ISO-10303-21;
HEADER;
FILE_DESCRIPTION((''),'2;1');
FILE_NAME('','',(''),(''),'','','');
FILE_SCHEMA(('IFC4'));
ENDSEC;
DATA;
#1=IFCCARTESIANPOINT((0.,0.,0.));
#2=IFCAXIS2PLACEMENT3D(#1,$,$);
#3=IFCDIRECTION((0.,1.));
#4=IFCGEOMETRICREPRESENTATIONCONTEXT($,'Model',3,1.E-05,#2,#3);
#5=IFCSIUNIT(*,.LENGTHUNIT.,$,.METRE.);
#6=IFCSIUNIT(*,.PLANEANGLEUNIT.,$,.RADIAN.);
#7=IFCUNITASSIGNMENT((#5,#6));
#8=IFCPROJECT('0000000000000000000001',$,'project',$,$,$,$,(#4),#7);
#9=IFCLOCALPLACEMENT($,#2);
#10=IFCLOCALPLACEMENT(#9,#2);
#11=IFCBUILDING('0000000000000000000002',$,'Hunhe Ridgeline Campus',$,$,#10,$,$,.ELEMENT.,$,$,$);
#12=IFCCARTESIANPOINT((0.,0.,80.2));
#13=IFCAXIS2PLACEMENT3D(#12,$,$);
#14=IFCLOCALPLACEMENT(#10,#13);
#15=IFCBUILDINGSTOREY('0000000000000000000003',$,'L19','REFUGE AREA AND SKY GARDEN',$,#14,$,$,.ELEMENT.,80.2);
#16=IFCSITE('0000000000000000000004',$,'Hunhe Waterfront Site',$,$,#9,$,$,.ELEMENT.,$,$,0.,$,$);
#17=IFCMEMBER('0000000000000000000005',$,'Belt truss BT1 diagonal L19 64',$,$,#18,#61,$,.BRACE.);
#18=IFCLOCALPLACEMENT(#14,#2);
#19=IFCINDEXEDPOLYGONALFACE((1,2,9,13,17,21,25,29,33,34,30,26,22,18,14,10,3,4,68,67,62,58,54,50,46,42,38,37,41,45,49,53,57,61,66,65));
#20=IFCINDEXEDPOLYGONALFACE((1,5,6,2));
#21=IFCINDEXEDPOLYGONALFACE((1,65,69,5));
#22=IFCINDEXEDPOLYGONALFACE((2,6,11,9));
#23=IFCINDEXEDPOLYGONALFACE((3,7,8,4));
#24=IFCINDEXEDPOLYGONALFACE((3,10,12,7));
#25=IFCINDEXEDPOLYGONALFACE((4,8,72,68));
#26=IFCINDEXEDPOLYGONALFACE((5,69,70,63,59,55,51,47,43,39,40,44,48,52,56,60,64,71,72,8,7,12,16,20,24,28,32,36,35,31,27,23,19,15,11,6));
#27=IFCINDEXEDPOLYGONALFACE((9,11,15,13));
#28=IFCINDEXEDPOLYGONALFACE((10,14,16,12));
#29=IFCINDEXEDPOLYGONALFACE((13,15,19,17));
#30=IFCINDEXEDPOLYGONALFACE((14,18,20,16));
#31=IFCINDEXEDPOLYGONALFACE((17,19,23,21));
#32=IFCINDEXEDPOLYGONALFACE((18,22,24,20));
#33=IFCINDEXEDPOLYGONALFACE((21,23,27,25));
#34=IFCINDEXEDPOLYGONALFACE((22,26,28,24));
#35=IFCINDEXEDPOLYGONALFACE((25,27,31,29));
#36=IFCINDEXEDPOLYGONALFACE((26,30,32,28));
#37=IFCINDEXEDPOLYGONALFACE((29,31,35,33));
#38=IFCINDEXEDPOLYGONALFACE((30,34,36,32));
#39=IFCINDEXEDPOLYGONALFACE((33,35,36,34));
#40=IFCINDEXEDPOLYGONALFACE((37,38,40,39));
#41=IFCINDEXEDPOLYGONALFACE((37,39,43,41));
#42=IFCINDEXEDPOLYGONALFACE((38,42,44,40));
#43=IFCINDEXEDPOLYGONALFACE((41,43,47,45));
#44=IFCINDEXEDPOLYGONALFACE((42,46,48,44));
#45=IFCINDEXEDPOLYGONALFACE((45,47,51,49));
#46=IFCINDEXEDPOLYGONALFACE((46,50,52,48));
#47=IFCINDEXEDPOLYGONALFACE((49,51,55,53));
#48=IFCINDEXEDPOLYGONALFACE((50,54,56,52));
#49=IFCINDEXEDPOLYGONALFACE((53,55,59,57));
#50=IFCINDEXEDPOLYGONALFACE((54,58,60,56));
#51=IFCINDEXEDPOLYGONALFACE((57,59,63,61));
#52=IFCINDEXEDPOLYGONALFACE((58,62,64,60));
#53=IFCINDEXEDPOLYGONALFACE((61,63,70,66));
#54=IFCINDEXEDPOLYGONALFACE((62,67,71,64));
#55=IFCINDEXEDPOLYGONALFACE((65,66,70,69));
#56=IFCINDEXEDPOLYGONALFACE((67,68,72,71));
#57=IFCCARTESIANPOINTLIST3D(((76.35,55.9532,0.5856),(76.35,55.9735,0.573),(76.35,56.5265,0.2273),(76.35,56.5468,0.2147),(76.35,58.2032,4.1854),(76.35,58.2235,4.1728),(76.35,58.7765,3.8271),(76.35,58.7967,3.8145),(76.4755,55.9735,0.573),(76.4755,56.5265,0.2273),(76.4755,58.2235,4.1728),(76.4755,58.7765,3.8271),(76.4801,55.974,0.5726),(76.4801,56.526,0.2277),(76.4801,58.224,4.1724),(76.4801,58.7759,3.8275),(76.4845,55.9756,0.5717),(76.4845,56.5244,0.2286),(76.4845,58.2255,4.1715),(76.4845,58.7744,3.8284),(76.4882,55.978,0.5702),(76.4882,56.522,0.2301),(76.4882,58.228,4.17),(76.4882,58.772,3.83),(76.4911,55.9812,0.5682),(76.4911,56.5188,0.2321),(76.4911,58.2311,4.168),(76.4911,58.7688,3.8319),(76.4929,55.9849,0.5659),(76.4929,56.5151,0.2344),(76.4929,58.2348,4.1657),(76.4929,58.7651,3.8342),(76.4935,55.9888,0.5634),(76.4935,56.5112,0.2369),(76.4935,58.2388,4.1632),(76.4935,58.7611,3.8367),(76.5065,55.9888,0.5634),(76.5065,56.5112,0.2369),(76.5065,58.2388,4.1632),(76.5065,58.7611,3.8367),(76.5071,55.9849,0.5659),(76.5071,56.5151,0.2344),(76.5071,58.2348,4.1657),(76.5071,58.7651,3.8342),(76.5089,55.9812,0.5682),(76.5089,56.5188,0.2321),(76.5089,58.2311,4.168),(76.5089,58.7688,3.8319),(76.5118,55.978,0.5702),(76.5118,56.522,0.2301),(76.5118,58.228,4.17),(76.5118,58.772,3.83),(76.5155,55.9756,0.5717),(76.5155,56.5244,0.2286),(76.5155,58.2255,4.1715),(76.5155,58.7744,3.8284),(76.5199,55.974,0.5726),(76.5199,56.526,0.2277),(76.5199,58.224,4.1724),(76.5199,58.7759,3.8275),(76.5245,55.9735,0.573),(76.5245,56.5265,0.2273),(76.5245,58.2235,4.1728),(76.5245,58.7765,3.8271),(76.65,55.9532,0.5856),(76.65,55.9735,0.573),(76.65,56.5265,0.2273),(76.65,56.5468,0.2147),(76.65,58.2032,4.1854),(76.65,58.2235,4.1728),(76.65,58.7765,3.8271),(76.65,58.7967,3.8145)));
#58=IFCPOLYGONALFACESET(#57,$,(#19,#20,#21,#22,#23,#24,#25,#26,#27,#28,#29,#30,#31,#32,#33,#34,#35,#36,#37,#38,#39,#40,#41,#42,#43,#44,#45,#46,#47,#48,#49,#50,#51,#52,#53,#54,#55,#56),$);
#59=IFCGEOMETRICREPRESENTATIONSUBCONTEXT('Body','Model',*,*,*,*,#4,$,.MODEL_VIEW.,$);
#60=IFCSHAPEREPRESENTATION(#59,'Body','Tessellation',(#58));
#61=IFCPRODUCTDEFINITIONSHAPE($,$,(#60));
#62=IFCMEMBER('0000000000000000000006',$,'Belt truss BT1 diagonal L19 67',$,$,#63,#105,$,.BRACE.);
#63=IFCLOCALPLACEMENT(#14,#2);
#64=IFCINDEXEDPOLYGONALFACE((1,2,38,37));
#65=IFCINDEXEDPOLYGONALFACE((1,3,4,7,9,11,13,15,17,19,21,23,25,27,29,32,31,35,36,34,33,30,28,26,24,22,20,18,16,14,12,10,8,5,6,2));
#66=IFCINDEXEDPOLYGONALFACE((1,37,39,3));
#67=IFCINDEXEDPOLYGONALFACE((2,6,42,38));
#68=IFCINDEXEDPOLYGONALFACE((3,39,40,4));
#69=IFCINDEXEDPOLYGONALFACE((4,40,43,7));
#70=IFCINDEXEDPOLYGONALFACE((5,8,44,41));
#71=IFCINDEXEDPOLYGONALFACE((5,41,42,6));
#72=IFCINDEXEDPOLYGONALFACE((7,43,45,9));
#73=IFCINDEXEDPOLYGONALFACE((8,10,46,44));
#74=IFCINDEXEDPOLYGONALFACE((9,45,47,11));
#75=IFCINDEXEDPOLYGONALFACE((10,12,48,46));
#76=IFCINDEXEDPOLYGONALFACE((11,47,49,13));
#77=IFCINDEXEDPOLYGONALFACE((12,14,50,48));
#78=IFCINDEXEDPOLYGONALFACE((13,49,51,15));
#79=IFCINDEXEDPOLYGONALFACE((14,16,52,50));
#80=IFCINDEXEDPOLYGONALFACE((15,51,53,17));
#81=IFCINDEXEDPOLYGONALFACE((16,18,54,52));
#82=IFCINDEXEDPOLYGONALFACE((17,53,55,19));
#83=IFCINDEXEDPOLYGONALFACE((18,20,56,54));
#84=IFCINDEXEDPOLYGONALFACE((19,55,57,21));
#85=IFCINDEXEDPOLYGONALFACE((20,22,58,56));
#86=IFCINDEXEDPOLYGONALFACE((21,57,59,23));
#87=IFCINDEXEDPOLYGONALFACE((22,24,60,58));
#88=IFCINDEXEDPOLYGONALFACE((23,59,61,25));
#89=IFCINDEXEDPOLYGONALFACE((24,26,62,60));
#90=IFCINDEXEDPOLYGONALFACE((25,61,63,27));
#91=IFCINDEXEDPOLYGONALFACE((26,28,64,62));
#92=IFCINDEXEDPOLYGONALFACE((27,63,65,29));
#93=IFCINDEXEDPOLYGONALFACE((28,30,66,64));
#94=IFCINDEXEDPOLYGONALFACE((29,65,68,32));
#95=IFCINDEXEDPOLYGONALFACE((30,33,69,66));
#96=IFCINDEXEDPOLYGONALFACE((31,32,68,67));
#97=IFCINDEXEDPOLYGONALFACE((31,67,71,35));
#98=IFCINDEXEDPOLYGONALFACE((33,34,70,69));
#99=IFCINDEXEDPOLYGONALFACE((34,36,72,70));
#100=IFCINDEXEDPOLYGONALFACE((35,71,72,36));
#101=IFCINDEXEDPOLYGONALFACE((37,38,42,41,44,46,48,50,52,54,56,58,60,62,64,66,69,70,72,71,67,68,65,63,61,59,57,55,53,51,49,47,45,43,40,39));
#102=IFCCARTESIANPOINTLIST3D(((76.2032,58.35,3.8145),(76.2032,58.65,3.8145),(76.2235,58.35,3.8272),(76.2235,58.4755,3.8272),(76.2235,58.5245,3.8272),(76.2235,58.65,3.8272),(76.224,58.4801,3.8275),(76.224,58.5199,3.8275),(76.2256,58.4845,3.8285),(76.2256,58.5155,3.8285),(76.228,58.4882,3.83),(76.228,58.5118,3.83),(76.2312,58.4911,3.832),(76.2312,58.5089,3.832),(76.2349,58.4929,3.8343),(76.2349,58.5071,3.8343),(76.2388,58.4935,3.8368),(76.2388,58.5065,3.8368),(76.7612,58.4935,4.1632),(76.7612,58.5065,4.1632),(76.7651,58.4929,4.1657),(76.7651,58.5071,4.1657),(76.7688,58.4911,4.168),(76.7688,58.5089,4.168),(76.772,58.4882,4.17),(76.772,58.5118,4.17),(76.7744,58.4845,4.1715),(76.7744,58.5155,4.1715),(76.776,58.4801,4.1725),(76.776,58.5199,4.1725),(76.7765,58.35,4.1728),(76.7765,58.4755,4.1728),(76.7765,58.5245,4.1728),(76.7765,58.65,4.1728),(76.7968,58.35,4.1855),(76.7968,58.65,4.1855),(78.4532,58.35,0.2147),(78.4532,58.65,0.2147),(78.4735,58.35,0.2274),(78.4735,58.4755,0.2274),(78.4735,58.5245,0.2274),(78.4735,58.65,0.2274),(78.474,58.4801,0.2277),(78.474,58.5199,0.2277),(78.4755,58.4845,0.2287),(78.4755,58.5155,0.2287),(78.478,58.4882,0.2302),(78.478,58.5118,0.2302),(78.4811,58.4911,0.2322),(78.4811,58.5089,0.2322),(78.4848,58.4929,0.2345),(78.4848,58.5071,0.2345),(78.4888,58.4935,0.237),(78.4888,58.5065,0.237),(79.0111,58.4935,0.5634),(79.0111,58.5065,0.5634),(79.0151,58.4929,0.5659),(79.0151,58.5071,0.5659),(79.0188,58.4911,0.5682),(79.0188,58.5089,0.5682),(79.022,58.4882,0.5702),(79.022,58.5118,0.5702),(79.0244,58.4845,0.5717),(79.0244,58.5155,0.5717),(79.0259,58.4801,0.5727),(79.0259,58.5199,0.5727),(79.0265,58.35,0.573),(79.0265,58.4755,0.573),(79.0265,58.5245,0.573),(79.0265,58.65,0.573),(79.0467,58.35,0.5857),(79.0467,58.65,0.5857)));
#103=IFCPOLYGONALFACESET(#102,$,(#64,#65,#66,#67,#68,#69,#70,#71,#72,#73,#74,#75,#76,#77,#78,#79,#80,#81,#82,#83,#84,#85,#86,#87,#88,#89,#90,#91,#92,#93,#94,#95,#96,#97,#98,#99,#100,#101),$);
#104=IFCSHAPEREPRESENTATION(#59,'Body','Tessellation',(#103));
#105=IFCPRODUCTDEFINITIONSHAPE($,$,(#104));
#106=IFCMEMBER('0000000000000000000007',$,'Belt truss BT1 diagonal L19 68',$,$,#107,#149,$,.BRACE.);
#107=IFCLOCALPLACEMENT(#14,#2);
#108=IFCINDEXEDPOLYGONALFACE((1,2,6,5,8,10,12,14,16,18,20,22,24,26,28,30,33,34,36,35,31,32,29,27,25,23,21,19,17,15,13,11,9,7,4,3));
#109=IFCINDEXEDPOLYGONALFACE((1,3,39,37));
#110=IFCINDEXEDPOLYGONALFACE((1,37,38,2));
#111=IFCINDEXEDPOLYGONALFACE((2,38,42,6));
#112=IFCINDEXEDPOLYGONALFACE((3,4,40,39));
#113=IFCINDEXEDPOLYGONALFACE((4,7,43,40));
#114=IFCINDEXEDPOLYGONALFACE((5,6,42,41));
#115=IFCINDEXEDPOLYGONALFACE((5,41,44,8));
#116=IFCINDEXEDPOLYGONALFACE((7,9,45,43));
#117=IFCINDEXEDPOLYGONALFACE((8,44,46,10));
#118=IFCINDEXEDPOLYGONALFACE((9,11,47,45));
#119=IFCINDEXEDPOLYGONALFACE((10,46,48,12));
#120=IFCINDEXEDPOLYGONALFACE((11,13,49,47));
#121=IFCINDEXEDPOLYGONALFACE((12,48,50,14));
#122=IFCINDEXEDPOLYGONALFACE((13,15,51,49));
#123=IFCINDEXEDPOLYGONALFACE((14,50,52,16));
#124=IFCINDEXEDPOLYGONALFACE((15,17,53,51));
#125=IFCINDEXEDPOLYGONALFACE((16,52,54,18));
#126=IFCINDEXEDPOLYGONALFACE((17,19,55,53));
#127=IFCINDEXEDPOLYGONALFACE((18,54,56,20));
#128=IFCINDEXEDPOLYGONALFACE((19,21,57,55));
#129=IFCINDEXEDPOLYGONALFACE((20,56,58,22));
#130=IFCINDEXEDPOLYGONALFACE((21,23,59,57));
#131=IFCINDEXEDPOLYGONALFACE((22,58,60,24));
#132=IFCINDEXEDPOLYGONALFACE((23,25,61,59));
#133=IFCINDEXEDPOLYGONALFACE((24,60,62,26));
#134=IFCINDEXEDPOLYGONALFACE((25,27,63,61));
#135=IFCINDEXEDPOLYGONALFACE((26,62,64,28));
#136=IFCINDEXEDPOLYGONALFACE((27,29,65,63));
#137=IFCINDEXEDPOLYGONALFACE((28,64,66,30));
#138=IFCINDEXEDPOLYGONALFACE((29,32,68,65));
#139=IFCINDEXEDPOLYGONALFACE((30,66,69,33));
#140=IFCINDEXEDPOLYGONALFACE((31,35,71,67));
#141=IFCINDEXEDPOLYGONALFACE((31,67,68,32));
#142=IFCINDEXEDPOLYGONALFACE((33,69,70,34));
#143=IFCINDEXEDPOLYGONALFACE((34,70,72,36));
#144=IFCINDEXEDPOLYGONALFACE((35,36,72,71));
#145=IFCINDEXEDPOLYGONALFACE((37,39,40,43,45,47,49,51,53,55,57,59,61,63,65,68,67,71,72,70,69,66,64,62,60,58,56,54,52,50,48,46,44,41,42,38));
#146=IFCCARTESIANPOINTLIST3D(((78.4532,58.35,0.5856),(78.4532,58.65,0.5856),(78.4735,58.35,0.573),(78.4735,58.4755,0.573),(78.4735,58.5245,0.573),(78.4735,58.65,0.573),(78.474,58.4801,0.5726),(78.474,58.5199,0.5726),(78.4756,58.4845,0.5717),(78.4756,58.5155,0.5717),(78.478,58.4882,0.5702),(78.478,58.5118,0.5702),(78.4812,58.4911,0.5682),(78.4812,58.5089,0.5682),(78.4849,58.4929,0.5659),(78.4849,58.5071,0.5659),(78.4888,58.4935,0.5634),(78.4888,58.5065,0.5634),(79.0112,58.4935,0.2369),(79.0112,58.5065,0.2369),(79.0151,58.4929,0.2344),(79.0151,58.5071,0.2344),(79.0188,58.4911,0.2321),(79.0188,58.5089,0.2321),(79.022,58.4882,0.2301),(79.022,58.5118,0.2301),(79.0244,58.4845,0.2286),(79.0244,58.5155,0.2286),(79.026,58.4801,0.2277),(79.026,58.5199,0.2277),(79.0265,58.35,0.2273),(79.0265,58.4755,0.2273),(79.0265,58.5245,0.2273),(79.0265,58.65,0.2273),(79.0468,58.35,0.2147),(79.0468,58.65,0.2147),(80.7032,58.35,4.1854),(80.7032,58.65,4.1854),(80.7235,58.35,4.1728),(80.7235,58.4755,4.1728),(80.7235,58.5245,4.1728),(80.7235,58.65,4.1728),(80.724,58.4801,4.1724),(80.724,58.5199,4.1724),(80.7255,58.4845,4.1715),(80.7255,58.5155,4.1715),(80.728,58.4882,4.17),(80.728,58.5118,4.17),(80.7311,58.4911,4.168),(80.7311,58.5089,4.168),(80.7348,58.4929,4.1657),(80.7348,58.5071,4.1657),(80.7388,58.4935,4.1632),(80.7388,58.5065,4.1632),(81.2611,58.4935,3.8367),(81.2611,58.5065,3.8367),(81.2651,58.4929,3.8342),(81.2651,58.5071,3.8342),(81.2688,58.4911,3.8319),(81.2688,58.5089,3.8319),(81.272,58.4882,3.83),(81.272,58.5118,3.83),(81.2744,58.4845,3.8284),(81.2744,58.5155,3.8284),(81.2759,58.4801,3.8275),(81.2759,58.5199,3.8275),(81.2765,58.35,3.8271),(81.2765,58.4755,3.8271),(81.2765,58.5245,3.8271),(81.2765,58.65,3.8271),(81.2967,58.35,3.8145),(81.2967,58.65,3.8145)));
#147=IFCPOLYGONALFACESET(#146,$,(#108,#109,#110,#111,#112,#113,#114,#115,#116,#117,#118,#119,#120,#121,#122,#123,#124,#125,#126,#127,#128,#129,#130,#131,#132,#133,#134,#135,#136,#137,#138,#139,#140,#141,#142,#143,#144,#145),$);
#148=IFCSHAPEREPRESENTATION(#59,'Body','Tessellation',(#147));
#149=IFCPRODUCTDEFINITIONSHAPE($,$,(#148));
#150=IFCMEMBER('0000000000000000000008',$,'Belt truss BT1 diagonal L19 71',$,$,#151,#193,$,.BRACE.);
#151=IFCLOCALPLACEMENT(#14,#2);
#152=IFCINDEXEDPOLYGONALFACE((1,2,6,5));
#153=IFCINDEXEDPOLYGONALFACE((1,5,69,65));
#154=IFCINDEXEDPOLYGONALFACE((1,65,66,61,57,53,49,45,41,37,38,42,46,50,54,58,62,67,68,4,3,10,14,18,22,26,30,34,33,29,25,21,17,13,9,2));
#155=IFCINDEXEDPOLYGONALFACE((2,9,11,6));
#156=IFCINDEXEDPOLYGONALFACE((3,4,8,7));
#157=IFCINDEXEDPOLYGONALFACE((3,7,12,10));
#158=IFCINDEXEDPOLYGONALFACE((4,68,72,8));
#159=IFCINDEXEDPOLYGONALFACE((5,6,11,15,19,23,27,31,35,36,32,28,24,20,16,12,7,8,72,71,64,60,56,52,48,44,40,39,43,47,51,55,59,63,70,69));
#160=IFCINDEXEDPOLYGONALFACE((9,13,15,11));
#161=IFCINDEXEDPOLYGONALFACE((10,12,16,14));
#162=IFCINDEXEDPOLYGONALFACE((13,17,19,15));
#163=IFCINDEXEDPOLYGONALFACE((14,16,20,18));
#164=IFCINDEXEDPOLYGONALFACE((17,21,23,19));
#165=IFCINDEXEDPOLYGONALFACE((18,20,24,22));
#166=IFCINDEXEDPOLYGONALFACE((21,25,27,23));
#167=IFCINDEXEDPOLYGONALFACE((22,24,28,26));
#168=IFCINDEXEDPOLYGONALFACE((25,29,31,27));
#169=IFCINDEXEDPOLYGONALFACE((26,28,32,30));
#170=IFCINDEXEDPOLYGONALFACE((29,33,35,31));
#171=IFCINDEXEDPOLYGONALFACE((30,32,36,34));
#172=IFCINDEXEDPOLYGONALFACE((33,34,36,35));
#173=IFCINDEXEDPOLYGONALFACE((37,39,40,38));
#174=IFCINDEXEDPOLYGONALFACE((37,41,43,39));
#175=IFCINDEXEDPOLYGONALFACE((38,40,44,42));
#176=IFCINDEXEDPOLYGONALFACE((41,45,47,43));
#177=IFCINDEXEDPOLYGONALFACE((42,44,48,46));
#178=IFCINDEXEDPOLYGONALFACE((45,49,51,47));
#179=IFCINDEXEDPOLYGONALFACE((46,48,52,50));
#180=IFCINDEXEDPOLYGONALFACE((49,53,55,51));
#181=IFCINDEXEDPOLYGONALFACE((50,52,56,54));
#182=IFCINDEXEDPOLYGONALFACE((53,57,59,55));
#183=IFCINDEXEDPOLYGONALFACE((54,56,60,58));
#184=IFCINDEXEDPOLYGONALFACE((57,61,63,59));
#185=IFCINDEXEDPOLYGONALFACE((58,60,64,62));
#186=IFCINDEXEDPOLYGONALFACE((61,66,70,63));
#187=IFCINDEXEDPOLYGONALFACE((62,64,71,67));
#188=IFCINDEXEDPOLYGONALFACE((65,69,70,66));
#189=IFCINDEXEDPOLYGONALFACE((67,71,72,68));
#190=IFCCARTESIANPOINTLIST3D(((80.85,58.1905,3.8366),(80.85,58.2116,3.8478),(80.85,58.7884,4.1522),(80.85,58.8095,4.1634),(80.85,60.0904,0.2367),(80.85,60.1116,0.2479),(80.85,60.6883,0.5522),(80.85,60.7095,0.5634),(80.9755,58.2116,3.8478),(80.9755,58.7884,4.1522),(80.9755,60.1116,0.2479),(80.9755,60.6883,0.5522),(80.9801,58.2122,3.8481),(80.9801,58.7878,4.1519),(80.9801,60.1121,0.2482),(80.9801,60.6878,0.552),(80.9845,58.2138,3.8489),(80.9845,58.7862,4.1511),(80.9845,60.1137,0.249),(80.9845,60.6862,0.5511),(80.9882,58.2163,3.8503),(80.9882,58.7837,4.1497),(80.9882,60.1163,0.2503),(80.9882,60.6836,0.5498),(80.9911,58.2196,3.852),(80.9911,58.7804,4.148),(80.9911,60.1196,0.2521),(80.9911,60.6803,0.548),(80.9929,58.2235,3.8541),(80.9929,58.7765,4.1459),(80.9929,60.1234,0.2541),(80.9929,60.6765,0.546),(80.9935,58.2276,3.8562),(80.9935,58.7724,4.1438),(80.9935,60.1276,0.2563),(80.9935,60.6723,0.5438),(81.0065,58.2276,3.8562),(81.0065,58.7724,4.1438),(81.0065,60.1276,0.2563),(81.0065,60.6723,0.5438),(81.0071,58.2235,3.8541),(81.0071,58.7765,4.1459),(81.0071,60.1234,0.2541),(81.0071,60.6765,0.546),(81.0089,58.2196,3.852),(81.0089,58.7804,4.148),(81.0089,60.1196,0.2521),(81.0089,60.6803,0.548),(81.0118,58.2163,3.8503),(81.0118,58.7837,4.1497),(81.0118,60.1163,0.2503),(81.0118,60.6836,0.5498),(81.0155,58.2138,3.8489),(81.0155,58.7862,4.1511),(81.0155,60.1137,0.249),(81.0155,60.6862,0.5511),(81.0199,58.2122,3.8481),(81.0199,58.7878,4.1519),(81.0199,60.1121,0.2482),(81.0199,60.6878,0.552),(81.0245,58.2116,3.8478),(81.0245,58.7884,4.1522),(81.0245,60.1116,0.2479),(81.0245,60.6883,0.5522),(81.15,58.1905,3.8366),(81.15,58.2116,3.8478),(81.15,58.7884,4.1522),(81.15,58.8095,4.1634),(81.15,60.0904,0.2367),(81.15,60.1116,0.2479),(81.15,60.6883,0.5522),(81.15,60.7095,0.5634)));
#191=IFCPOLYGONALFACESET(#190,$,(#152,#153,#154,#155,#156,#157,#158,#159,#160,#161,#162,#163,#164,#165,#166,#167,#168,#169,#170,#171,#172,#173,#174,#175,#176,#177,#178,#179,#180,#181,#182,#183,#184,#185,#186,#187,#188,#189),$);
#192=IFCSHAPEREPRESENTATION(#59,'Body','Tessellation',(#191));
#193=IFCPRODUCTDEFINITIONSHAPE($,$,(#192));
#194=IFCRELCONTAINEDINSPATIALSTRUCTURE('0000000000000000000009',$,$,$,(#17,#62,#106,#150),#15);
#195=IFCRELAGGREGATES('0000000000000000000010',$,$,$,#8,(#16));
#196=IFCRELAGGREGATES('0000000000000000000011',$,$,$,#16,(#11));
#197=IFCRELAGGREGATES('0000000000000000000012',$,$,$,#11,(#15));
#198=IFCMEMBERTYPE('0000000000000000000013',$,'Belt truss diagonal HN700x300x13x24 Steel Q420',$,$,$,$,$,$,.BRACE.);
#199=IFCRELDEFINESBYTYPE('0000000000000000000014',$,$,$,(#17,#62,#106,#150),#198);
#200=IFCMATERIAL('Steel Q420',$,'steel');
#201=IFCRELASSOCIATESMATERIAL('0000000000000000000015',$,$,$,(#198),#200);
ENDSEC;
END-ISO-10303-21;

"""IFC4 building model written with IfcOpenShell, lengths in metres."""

from ifc_helpers import new_model, si_unit, direction, frame, origin, origin_2d, place, context, subcontext, project, spatial, i_section, extrude, material, material_profile, profile_set, type_object, element, save


model = new_model("IFC4")

# Units and contexts
model_context = context("Model", 3, precision=1e-05, world=origin(), true_north=direction((0.0, 1.0)))
body_context = subcontext(model_context, "Body", "Model", "MODEL_VIEW")
ifc_project = project(units=[si_unit("LENGTHUNIT", "METRE"), si_unit("PLANEANGLEUNIT", "RADIAN")], contexts=[model_context])

# Site, building, storey
site_placement = place(None, origin())
site = spatial("IfcSite", under=ifc_project, at=site_placement, Name="Hunhe Waterfront Site", CompositionType="ELEMENT", RefElevation=0.0)
building_placement = place(site_placement, origin())
building = spatial("IfcBuilding", under=site, at=building_placement, Name="Hunhe Ridgeline Campus", CompositionType="ELEMENT")
storey_placement = place(building_placement, frame((0.0, 0.0, 80.2)))
storey = spatial("IfcBuildingStorey", under=building, at=storey_placement, Name="L19", Description="REFUGE AREA AND SKY GARDEN", CompositionType="ELEMENT", Elevation=80.2)

# Members
ifc_material_1 = material(Name="Steel Q420", Category="steel")
ifc_material_profile_1 = material_profile(ifc_material_1, i_section(OverallWidth=0.3, OverallDepth=0.7, WebThickness=0.0129, FlangeThickness=0.0239, FilletRadius=0.0181, at=origin_2d()))
ifc_profile_set_1 = profile_set([ifc_material_profile_1], Name="Steel Q420")
member_type_1 = type_object("IfcMemberType", Name="Belt truss diagonal HN700x300x13x24 Steel Q420", PredefinedType="BRACE", material=ifc_profile_set_1)
for number, where, z_axis, x_axis, name in (
    (1, (76.5, 56.25, 0.4001), (0.0, 0.530014, 0.847989), (-1.0, 0.0, 0.0), "Belt truss BT1 diagonal L19 64"),
    (2, (76.5, 58.5, 4.0), (0.530014, 0.0, -0.847989), (0.0, 1.0, 0.0), "Belt truss BT1 diagonal L19 67"),
    (3, (78.75, 58.5, 0.4001), (0.530014, 0.0, 0.847989), (0.0, 1.0, 0.0), "Belt truss BT1 diagonal L19 68"),
):
    element("IfcMember", number, at=place(storey_placement, frame(where, z_axis=z_axis, x_axis=x_axis)), inside=storey, type_object=member_type_1, Name=name, PredefinedType="BRACE", context=body_context, shape_type="SweptSolid", body=[
        extrude(i_section(OverallWidth=0.3, OverallDepth=0.7, WebThickness=0.0129, FlangeThickness=0.0239, FilletRadius=0.0181, at=origin_2d()), origin(), (0.0, 0.0, 1.0), 4.2451),
    ])
for number, where, z_axis, x_axis, name in (
    (4, (81.0, 58.5, 4.0), (0.0, 0.466755, -0.884387), (-1.0, 0.0, 0.0), "Belt truss BT1 diagonal L19 71"),
):
    element("IfcMember", number, at=place(storey_placement, frame(where, z_axis=z_axis, x_axis=x_axis)), inside=storey, type_object=member_type_1, Name=name, PredefinedType="BRACE", context=body_context, shape_type="SweptSolid", body=[
        extrude(i_section(OverallWidth=0.3, OverallDepth=0.7, WebThickness=0.0129, FlangeThickness=0.0239, FilletRadius=0.0181, at=origin_2d()), origin(), (0.0, 0.0, 1.0), 4.0706),
    ])

save(model, "model.ifc")
